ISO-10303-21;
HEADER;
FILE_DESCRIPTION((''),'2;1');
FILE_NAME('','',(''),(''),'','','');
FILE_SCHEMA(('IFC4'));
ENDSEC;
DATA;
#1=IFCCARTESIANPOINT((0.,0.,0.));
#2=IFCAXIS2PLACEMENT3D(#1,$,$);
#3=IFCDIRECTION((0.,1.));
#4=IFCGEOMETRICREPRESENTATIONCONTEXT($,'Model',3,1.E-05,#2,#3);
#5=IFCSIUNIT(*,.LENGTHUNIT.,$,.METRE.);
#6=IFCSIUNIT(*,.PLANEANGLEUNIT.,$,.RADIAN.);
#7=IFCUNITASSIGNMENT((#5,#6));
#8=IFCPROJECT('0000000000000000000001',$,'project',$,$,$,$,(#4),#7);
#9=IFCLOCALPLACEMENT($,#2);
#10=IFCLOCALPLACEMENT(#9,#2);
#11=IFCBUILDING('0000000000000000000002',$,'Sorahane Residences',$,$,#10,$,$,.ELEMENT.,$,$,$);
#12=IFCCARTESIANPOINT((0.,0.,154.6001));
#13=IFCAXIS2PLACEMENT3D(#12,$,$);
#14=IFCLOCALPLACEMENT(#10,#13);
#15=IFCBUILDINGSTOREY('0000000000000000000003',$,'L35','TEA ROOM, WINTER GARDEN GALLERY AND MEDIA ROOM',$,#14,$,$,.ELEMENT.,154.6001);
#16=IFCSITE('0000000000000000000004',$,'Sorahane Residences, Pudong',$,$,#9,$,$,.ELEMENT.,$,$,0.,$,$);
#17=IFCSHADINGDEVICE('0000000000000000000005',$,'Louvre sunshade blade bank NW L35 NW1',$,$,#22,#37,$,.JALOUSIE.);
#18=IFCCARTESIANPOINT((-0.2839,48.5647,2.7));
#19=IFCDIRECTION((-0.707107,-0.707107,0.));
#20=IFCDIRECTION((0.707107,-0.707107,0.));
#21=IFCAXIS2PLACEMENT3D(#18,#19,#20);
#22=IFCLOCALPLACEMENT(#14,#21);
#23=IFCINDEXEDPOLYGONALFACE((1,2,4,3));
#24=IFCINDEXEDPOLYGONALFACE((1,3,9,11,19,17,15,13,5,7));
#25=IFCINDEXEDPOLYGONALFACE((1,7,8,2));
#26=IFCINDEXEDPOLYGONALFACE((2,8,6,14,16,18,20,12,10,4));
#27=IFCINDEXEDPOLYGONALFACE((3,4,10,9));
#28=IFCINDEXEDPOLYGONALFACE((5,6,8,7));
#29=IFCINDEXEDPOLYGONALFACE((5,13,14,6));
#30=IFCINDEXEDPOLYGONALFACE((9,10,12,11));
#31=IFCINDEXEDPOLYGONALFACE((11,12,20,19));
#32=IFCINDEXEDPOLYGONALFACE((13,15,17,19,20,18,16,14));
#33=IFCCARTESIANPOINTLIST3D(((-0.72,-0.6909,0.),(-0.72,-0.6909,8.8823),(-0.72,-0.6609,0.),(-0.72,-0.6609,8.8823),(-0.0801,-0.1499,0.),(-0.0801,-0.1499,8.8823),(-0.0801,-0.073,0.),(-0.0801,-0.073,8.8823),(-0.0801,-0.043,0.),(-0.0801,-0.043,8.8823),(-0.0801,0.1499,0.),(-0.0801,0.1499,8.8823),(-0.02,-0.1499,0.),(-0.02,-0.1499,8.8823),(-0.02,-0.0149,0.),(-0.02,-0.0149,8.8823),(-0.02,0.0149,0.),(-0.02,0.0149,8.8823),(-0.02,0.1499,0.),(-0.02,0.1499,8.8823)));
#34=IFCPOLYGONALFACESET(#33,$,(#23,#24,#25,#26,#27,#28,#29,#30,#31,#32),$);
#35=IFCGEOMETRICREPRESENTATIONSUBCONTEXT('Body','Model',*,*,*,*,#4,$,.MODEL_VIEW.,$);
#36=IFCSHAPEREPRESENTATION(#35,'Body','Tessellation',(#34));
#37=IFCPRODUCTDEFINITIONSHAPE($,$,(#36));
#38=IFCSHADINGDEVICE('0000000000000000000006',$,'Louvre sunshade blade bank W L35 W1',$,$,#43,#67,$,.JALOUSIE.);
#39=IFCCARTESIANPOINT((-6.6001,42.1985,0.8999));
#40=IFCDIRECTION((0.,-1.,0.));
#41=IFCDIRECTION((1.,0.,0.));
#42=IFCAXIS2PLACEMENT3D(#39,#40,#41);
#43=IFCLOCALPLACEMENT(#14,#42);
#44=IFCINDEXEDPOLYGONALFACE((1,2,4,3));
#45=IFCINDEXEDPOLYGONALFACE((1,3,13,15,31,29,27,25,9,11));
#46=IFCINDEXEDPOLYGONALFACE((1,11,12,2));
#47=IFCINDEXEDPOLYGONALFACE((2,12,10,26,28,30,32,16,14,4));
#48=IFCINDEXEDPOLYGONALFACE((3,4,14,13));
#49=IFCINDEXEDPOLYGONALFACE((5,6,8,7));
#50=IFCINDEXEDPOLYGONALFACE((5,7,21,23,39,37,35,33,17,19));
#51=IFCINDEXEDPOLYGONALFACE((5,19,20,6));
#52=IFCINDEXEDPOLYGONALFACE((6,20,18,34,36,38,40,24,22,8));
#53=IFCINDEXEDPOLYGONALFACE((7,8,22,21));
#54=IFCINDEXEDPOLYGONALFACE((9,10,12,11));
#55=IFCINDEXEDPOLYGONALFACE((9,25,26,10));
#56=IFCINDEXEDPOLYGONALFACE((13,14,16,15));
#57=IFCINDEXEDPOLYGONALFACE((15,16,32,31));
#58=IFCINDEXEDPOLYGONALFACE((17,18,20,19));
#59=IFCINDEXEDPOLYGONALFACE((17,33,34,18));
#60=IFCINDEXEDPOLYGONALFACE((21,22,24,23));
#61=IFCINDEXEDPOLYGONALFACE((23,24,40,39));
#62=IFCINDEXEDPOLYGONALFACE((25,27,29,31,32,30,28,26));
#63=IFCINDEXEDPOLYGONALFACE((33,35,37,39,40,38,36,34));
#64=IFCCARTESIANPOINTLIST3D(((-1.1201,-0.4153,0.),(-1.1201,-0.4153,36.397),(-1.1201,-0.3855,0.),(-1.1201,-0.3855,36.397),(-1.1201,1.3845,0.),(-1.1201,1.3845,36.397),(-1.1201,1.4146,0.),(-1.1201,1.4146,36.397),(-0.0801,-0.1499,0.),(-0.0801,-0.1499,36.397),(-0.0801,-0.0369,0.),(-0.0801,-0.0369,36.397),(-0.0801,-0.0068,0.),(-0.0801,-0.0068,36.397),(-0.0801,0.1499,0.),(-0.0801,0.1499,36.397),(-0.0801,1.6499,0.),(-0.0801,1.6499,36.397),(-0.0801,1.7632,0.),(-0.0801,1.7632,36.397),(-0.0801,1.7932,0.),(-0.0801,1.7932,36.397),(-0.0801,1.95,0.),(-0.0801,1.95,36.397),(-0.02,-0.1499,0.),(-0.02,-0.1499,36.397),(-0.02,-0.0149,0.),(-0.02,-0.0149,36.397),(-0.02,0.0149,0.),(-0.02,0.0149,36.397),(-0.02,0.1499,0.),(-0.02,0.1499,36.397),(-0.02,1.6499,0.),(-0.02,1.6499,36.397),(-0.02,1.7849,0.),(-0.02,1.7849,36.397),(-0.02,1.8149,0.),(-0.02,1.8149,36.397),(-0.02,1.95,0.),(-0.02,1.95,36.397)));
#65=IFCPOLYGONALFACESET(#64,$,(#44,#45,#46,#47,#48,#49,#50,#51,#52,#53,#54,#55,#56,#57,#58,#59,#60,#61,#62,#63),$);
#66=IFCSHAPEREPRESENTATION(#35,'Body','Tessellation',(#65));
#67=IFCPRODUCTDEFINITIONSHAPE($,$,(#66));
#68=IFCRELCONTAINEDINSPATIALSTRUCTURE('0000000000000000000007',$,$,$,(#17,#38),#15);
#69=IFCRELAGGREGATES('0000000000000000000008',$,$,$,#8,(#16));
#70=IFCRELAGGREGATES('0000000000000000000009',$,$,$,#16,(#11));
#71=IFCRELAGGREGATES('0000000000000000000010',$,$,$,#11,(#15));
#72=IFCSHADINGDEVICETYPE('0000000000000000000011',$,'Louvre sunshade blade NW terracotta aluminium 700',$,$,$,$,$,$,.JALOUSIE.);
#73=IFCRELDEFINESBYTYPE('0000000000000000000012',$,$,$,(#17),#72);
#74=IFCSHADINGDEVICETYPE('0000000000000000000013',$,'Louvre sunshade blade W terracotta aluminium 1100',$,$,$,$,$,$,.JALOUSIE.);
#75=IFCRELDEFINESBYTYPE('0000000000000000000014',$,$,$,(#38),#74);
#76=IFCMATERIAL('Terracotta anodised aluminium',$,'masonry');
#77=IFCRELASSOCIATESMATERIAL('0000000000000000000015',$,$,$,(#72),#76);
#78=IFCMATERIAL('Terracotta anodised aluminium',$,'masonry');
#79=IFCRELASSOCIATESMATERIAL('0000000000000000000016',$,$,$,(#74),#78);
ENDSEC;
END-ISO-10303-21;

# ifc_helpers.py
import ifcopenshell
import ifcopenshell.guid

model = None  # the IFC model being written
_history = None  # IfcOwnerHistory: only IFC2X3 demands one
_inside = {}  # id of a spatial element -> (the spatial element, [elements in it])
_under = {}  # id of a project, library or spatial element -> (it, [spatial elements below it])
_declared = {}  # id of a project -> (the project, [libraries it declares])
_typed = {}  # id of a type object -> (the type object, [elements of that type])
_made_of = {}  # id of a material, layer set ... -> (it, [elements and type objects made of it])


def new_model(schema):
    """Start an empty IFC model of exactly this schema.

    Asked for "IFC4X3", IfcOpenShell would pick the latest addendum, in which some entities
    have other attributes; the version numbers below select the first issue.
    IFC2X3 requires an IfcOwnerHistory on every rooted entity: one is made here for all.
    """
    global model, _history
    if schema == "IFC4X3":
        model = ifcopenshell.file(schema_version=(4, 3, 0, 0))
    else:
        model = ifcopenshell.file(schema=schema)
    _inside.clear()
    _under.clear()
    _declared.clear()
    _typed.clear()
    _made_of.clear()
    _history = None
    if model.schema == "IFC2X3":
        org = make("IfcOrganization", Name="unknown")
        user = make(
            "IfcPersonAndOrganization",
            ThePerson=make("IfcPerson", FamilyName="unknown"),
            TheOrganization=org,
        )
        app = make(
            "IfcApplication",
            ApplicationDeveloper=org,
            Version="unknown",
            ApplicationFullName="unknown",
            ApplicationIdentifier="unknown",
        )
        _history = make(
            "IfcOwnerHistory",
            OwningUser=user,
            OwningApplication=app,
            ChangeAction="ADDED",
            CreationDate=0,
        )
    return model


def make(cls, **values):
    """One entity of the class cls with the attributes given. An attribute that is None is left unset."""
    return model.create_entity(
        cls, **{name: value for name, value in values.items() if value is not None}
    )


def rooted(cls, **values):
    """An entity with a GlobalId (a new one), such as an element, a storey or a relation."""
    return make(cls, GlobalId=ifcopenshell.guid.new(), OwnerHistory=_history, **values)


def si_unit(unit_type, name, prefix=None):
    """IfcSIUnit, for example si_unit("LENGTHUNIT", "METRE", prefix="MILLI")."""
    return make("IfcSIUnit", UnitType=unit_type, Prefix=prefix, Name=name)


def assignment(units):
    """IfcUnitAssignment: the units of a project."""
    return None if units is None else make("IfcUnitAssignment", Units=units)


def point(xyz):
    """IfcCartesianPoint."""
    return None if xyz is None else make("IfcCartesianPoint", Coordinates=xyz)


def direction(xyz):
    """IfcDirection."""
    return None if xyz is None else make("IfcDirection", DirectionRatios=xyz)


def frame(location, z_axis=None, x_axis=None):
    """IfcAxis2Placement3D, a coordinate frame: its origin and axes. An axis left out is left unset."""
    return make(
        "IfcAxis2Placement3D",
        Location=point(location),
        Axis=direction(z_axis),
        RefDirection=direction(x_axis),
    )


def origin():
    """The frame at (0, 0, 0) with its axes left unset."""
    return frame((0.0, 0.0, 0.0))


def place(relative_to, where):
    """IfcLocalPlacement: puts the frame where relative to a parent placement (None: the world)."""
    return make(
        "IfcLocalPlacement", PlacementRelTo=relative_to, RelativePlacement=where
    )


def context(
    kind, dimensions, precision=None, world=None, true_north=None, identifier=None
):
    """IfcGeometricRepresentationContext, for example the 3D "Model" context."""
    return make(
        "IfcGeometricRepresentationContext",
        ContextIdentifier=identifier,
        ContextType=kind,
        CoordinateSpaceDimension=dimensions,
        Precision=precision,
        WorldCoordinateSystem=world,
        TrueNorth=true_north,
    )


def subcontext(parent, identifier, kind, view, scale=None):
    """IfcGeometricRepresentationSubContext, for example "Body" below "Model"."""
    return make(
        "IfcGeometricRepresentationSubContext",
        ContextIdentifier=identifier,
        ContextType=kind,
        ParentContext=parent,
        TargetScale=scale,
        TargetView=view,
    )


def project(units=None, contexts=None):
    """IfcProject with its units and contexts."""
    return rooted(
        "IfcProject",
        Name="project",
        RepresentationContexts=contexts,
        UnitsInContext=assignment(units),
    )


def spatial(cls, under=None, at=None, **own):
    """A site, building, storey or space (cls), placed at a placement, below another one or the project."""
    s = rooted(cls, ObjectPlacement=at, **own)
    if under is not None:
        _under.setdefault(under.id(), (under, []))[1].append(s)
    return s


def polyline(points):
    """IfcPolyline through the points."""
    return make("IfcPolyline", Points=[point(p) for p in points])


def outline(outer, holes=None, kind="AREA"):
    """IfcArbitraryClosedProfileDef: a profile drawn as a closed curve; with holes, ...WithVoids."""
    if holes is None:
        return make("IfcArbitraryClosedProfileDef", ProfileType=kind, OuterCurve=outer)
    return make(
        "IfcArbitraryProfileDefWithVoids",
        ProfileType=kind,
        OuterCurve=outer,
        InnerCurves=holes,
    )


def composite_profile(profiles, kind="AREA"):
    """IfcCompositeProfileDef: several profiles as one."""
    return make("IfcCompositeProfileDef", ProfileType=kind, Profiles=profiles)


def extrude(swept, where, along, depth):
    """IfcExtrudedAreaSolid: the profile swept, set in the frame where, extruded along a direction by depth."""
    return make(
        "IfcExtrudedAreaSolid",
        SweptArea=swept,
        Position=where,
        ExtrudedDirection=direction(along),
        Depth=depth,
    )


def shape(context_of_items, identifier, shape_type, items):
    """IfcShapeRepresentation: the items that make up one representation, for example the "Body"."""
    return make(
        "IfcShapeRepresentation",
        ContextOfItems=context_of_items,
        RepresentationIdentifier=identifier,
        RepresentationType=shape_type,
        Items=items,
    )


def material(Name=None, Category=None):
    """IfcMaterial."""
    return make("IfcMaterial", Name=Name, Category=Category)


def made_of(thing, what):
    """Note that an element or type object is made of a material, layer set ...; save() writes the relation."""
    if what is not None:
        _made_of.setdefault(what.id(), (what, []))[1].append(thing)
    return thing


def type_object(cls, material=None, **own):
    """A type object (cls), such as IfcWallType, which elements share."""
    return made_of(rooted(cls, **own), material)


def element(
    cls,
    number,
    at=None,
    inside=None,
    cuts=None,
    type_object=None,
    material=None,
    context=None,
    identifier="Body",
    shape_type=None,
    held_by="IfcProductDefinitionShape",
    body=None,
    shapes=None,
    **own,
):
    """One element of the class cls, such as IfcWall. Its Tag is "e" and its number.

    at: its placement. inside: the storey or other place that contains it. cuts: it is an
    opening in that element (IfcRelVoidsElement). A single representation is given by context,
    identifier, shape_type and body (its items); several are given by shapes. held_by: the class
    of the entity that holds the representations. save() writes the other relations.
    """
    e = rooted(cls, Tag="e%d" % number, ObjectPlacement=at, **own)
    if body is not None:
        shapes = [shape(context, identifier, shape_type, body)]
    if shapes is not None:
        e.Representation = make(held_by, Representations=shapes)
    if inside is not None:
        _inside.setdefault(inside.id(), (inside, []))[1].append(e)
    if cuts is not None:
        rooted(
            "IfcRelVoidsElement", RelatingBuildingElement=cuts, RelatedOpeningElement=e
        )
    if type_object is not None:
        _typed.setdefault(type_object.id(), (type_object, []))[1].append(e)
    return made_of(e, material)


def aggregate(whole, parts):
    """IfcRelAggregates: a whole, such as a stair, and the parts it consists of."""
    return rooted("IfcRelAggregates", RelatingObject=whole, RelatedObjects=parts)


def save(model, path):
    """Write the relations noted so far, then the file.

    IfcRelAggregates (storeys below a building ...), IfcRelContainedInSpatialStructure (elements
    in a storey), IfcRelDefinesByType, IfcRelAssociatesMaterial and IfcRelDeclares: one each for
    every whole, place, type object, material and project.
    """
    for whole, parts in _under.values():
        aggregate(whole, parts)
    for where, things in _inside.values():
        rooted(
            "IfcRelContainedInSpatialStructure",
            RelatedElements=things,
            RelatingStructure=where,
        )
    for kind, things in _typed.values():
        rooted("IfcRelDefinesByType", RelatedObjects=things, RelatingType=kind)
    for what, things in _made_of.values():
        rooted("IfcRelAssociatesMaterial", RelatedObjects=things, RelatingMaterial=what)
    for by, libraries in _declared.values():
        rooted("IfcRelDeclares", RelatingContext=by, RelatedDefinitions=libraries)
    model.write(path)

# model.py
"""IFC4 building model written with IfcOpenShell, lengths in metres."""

from ifc_helpers import new_model, si_unit, direction, frame, origin, place, context, subcontext, project, spatial, polyline, outline, composite_profile, extrude, material, type_object, element, save


model = new_model("IFC4")

# Units and contexts
model_context = context("Model", 3, precision=1e-05, world=origin(), true_north=direction((0.0, 1.0)))
body_context = subcontext(model_context, "Body", "Model", "MODEL_VIEW")
ifc_project = project(units=[si_unit("LENGTHUNIT", "METRE"), si_unit("PLANEANGLEUNIT", "RADIAN")], contexts=[model_context])

# Site, building, storey
site_placement = place(None, origin())
site = spatial("IfcSite", under=ifc_project, at=site_placement, Name="Sorahane Residences, Pudong", CompositionType="ELEMENT", RefElevation=0.0)
building_placement = place(site_placement, origin())
building = spatial("IfcBuilding", under=site, at=building_placement, Name="Sorahane Residences", CompositionType="ELEMENT")
storey_placement = place(building_placement, frame((0.0, 0.0, 154.6001)))
storey = spatial("IfcBuildingStorey", under=building, at=storey_placement, Name="L35", Description="TEA ROOM, WINTER GARDEN GALLERY AND MEDIA ROOM", CompositionType="ELEMENT", Elevation=154.6001)

# Shading devices
ifc_material_1 = material(Name="Terracotta anodised aluminium", Category="masonry")
shading_device_type_1 = type_object("IfcShadingDeviceType", Name="Louvre sunshade blade NW terracotta aluminium 700", PredefinedType="JALOUSIE", material=ifc_material_1)
shading_device_1_placement = place(storey_placement, frame((-0.2839, 48.5647, 2.7), z_axis=(-0.707107, -0.707107, 0.0), x_axis=(0.707107, -0.707107, 0.0)))
element("IfcShadingDevice", 1, at=shading_device_1_placement, inside=storey, type_object=shading_device_type_1, Name="Louvre sunshade blade bank NW L35 NW1", PredefinedType="JALOUSIE", context=body_context, shape_type="SweptSolid", body=[
    extrude(outline(polyline([(-0.72, -0.6609), (-0.72, -0.6909), (-0.0801, -0.073), (-0.0801, -0.1499), (-0.02, -0.1499), (-0.02, -0.0149), (-0.02, 0.0149), (-0.02, 0.1499), (-0.0801, 0.1499), (-0.0801, -0.043), (-0.72, -0.6609)])), origin(), (0.0, 0.0, 1.0), 8.8823),
])
ifc_material_2 = material(Name="Terracotta anodised aluminium", Category="masonry")
shading_device_type_2 = type_object("IfcShadingDeviceType", Name="Louvre sunshade blade W terracotta aluminium 1100", PredefinedType="JALOUSIE", material=ifc_material_2)
shading_device_2_placement = place(storey_placement, frame((-6.6001, 42.1985, 0.8999), z_axis=(0.0, -1.0, 0.0), x_axis=(1.0, 0.0, 0.0)))
element("IfcShadingDevice", 2, at=shading_device_2_placement, inside=storey, type_object=shading_device_type_2, Name="Louvre sunshade blade bank W L35 W1", PredefinedType="JALOUSIE", context=body_context, shape_type="SweptSolid", body=[
    extrude(composite_profile([outline(polyline([(-1.1201, -0.3855), (-1.1201, -0.4153), (-0.0801, -0.0369), (-0.0801, -0.1499), (-0.02, -0.1499), (-0.02, -0.0149), (-0.02, 0.0149), (-0.02, 0.1499), (-0.0801, 0.1499), (-0.0801, -0.0068), (-1.1201, -0.3855)])), outline(polyline([(-1.1201, 1.4146), (-1.1201, 1.3845), (-0.0801, 1.7632), (-0.0801, 1.6499), (-0.02, 1.6499), (-0.02, 1.7849), (-0.02, 1.8149), (-0.02, 1.95), (-0.0801, 1.95), (-0.0801, 1.7932), (-1.1201, 1.4146)]))]), origin(), (0.0, 0.0, 1.0), 36.397),
])

save(model, "model.ifc")
